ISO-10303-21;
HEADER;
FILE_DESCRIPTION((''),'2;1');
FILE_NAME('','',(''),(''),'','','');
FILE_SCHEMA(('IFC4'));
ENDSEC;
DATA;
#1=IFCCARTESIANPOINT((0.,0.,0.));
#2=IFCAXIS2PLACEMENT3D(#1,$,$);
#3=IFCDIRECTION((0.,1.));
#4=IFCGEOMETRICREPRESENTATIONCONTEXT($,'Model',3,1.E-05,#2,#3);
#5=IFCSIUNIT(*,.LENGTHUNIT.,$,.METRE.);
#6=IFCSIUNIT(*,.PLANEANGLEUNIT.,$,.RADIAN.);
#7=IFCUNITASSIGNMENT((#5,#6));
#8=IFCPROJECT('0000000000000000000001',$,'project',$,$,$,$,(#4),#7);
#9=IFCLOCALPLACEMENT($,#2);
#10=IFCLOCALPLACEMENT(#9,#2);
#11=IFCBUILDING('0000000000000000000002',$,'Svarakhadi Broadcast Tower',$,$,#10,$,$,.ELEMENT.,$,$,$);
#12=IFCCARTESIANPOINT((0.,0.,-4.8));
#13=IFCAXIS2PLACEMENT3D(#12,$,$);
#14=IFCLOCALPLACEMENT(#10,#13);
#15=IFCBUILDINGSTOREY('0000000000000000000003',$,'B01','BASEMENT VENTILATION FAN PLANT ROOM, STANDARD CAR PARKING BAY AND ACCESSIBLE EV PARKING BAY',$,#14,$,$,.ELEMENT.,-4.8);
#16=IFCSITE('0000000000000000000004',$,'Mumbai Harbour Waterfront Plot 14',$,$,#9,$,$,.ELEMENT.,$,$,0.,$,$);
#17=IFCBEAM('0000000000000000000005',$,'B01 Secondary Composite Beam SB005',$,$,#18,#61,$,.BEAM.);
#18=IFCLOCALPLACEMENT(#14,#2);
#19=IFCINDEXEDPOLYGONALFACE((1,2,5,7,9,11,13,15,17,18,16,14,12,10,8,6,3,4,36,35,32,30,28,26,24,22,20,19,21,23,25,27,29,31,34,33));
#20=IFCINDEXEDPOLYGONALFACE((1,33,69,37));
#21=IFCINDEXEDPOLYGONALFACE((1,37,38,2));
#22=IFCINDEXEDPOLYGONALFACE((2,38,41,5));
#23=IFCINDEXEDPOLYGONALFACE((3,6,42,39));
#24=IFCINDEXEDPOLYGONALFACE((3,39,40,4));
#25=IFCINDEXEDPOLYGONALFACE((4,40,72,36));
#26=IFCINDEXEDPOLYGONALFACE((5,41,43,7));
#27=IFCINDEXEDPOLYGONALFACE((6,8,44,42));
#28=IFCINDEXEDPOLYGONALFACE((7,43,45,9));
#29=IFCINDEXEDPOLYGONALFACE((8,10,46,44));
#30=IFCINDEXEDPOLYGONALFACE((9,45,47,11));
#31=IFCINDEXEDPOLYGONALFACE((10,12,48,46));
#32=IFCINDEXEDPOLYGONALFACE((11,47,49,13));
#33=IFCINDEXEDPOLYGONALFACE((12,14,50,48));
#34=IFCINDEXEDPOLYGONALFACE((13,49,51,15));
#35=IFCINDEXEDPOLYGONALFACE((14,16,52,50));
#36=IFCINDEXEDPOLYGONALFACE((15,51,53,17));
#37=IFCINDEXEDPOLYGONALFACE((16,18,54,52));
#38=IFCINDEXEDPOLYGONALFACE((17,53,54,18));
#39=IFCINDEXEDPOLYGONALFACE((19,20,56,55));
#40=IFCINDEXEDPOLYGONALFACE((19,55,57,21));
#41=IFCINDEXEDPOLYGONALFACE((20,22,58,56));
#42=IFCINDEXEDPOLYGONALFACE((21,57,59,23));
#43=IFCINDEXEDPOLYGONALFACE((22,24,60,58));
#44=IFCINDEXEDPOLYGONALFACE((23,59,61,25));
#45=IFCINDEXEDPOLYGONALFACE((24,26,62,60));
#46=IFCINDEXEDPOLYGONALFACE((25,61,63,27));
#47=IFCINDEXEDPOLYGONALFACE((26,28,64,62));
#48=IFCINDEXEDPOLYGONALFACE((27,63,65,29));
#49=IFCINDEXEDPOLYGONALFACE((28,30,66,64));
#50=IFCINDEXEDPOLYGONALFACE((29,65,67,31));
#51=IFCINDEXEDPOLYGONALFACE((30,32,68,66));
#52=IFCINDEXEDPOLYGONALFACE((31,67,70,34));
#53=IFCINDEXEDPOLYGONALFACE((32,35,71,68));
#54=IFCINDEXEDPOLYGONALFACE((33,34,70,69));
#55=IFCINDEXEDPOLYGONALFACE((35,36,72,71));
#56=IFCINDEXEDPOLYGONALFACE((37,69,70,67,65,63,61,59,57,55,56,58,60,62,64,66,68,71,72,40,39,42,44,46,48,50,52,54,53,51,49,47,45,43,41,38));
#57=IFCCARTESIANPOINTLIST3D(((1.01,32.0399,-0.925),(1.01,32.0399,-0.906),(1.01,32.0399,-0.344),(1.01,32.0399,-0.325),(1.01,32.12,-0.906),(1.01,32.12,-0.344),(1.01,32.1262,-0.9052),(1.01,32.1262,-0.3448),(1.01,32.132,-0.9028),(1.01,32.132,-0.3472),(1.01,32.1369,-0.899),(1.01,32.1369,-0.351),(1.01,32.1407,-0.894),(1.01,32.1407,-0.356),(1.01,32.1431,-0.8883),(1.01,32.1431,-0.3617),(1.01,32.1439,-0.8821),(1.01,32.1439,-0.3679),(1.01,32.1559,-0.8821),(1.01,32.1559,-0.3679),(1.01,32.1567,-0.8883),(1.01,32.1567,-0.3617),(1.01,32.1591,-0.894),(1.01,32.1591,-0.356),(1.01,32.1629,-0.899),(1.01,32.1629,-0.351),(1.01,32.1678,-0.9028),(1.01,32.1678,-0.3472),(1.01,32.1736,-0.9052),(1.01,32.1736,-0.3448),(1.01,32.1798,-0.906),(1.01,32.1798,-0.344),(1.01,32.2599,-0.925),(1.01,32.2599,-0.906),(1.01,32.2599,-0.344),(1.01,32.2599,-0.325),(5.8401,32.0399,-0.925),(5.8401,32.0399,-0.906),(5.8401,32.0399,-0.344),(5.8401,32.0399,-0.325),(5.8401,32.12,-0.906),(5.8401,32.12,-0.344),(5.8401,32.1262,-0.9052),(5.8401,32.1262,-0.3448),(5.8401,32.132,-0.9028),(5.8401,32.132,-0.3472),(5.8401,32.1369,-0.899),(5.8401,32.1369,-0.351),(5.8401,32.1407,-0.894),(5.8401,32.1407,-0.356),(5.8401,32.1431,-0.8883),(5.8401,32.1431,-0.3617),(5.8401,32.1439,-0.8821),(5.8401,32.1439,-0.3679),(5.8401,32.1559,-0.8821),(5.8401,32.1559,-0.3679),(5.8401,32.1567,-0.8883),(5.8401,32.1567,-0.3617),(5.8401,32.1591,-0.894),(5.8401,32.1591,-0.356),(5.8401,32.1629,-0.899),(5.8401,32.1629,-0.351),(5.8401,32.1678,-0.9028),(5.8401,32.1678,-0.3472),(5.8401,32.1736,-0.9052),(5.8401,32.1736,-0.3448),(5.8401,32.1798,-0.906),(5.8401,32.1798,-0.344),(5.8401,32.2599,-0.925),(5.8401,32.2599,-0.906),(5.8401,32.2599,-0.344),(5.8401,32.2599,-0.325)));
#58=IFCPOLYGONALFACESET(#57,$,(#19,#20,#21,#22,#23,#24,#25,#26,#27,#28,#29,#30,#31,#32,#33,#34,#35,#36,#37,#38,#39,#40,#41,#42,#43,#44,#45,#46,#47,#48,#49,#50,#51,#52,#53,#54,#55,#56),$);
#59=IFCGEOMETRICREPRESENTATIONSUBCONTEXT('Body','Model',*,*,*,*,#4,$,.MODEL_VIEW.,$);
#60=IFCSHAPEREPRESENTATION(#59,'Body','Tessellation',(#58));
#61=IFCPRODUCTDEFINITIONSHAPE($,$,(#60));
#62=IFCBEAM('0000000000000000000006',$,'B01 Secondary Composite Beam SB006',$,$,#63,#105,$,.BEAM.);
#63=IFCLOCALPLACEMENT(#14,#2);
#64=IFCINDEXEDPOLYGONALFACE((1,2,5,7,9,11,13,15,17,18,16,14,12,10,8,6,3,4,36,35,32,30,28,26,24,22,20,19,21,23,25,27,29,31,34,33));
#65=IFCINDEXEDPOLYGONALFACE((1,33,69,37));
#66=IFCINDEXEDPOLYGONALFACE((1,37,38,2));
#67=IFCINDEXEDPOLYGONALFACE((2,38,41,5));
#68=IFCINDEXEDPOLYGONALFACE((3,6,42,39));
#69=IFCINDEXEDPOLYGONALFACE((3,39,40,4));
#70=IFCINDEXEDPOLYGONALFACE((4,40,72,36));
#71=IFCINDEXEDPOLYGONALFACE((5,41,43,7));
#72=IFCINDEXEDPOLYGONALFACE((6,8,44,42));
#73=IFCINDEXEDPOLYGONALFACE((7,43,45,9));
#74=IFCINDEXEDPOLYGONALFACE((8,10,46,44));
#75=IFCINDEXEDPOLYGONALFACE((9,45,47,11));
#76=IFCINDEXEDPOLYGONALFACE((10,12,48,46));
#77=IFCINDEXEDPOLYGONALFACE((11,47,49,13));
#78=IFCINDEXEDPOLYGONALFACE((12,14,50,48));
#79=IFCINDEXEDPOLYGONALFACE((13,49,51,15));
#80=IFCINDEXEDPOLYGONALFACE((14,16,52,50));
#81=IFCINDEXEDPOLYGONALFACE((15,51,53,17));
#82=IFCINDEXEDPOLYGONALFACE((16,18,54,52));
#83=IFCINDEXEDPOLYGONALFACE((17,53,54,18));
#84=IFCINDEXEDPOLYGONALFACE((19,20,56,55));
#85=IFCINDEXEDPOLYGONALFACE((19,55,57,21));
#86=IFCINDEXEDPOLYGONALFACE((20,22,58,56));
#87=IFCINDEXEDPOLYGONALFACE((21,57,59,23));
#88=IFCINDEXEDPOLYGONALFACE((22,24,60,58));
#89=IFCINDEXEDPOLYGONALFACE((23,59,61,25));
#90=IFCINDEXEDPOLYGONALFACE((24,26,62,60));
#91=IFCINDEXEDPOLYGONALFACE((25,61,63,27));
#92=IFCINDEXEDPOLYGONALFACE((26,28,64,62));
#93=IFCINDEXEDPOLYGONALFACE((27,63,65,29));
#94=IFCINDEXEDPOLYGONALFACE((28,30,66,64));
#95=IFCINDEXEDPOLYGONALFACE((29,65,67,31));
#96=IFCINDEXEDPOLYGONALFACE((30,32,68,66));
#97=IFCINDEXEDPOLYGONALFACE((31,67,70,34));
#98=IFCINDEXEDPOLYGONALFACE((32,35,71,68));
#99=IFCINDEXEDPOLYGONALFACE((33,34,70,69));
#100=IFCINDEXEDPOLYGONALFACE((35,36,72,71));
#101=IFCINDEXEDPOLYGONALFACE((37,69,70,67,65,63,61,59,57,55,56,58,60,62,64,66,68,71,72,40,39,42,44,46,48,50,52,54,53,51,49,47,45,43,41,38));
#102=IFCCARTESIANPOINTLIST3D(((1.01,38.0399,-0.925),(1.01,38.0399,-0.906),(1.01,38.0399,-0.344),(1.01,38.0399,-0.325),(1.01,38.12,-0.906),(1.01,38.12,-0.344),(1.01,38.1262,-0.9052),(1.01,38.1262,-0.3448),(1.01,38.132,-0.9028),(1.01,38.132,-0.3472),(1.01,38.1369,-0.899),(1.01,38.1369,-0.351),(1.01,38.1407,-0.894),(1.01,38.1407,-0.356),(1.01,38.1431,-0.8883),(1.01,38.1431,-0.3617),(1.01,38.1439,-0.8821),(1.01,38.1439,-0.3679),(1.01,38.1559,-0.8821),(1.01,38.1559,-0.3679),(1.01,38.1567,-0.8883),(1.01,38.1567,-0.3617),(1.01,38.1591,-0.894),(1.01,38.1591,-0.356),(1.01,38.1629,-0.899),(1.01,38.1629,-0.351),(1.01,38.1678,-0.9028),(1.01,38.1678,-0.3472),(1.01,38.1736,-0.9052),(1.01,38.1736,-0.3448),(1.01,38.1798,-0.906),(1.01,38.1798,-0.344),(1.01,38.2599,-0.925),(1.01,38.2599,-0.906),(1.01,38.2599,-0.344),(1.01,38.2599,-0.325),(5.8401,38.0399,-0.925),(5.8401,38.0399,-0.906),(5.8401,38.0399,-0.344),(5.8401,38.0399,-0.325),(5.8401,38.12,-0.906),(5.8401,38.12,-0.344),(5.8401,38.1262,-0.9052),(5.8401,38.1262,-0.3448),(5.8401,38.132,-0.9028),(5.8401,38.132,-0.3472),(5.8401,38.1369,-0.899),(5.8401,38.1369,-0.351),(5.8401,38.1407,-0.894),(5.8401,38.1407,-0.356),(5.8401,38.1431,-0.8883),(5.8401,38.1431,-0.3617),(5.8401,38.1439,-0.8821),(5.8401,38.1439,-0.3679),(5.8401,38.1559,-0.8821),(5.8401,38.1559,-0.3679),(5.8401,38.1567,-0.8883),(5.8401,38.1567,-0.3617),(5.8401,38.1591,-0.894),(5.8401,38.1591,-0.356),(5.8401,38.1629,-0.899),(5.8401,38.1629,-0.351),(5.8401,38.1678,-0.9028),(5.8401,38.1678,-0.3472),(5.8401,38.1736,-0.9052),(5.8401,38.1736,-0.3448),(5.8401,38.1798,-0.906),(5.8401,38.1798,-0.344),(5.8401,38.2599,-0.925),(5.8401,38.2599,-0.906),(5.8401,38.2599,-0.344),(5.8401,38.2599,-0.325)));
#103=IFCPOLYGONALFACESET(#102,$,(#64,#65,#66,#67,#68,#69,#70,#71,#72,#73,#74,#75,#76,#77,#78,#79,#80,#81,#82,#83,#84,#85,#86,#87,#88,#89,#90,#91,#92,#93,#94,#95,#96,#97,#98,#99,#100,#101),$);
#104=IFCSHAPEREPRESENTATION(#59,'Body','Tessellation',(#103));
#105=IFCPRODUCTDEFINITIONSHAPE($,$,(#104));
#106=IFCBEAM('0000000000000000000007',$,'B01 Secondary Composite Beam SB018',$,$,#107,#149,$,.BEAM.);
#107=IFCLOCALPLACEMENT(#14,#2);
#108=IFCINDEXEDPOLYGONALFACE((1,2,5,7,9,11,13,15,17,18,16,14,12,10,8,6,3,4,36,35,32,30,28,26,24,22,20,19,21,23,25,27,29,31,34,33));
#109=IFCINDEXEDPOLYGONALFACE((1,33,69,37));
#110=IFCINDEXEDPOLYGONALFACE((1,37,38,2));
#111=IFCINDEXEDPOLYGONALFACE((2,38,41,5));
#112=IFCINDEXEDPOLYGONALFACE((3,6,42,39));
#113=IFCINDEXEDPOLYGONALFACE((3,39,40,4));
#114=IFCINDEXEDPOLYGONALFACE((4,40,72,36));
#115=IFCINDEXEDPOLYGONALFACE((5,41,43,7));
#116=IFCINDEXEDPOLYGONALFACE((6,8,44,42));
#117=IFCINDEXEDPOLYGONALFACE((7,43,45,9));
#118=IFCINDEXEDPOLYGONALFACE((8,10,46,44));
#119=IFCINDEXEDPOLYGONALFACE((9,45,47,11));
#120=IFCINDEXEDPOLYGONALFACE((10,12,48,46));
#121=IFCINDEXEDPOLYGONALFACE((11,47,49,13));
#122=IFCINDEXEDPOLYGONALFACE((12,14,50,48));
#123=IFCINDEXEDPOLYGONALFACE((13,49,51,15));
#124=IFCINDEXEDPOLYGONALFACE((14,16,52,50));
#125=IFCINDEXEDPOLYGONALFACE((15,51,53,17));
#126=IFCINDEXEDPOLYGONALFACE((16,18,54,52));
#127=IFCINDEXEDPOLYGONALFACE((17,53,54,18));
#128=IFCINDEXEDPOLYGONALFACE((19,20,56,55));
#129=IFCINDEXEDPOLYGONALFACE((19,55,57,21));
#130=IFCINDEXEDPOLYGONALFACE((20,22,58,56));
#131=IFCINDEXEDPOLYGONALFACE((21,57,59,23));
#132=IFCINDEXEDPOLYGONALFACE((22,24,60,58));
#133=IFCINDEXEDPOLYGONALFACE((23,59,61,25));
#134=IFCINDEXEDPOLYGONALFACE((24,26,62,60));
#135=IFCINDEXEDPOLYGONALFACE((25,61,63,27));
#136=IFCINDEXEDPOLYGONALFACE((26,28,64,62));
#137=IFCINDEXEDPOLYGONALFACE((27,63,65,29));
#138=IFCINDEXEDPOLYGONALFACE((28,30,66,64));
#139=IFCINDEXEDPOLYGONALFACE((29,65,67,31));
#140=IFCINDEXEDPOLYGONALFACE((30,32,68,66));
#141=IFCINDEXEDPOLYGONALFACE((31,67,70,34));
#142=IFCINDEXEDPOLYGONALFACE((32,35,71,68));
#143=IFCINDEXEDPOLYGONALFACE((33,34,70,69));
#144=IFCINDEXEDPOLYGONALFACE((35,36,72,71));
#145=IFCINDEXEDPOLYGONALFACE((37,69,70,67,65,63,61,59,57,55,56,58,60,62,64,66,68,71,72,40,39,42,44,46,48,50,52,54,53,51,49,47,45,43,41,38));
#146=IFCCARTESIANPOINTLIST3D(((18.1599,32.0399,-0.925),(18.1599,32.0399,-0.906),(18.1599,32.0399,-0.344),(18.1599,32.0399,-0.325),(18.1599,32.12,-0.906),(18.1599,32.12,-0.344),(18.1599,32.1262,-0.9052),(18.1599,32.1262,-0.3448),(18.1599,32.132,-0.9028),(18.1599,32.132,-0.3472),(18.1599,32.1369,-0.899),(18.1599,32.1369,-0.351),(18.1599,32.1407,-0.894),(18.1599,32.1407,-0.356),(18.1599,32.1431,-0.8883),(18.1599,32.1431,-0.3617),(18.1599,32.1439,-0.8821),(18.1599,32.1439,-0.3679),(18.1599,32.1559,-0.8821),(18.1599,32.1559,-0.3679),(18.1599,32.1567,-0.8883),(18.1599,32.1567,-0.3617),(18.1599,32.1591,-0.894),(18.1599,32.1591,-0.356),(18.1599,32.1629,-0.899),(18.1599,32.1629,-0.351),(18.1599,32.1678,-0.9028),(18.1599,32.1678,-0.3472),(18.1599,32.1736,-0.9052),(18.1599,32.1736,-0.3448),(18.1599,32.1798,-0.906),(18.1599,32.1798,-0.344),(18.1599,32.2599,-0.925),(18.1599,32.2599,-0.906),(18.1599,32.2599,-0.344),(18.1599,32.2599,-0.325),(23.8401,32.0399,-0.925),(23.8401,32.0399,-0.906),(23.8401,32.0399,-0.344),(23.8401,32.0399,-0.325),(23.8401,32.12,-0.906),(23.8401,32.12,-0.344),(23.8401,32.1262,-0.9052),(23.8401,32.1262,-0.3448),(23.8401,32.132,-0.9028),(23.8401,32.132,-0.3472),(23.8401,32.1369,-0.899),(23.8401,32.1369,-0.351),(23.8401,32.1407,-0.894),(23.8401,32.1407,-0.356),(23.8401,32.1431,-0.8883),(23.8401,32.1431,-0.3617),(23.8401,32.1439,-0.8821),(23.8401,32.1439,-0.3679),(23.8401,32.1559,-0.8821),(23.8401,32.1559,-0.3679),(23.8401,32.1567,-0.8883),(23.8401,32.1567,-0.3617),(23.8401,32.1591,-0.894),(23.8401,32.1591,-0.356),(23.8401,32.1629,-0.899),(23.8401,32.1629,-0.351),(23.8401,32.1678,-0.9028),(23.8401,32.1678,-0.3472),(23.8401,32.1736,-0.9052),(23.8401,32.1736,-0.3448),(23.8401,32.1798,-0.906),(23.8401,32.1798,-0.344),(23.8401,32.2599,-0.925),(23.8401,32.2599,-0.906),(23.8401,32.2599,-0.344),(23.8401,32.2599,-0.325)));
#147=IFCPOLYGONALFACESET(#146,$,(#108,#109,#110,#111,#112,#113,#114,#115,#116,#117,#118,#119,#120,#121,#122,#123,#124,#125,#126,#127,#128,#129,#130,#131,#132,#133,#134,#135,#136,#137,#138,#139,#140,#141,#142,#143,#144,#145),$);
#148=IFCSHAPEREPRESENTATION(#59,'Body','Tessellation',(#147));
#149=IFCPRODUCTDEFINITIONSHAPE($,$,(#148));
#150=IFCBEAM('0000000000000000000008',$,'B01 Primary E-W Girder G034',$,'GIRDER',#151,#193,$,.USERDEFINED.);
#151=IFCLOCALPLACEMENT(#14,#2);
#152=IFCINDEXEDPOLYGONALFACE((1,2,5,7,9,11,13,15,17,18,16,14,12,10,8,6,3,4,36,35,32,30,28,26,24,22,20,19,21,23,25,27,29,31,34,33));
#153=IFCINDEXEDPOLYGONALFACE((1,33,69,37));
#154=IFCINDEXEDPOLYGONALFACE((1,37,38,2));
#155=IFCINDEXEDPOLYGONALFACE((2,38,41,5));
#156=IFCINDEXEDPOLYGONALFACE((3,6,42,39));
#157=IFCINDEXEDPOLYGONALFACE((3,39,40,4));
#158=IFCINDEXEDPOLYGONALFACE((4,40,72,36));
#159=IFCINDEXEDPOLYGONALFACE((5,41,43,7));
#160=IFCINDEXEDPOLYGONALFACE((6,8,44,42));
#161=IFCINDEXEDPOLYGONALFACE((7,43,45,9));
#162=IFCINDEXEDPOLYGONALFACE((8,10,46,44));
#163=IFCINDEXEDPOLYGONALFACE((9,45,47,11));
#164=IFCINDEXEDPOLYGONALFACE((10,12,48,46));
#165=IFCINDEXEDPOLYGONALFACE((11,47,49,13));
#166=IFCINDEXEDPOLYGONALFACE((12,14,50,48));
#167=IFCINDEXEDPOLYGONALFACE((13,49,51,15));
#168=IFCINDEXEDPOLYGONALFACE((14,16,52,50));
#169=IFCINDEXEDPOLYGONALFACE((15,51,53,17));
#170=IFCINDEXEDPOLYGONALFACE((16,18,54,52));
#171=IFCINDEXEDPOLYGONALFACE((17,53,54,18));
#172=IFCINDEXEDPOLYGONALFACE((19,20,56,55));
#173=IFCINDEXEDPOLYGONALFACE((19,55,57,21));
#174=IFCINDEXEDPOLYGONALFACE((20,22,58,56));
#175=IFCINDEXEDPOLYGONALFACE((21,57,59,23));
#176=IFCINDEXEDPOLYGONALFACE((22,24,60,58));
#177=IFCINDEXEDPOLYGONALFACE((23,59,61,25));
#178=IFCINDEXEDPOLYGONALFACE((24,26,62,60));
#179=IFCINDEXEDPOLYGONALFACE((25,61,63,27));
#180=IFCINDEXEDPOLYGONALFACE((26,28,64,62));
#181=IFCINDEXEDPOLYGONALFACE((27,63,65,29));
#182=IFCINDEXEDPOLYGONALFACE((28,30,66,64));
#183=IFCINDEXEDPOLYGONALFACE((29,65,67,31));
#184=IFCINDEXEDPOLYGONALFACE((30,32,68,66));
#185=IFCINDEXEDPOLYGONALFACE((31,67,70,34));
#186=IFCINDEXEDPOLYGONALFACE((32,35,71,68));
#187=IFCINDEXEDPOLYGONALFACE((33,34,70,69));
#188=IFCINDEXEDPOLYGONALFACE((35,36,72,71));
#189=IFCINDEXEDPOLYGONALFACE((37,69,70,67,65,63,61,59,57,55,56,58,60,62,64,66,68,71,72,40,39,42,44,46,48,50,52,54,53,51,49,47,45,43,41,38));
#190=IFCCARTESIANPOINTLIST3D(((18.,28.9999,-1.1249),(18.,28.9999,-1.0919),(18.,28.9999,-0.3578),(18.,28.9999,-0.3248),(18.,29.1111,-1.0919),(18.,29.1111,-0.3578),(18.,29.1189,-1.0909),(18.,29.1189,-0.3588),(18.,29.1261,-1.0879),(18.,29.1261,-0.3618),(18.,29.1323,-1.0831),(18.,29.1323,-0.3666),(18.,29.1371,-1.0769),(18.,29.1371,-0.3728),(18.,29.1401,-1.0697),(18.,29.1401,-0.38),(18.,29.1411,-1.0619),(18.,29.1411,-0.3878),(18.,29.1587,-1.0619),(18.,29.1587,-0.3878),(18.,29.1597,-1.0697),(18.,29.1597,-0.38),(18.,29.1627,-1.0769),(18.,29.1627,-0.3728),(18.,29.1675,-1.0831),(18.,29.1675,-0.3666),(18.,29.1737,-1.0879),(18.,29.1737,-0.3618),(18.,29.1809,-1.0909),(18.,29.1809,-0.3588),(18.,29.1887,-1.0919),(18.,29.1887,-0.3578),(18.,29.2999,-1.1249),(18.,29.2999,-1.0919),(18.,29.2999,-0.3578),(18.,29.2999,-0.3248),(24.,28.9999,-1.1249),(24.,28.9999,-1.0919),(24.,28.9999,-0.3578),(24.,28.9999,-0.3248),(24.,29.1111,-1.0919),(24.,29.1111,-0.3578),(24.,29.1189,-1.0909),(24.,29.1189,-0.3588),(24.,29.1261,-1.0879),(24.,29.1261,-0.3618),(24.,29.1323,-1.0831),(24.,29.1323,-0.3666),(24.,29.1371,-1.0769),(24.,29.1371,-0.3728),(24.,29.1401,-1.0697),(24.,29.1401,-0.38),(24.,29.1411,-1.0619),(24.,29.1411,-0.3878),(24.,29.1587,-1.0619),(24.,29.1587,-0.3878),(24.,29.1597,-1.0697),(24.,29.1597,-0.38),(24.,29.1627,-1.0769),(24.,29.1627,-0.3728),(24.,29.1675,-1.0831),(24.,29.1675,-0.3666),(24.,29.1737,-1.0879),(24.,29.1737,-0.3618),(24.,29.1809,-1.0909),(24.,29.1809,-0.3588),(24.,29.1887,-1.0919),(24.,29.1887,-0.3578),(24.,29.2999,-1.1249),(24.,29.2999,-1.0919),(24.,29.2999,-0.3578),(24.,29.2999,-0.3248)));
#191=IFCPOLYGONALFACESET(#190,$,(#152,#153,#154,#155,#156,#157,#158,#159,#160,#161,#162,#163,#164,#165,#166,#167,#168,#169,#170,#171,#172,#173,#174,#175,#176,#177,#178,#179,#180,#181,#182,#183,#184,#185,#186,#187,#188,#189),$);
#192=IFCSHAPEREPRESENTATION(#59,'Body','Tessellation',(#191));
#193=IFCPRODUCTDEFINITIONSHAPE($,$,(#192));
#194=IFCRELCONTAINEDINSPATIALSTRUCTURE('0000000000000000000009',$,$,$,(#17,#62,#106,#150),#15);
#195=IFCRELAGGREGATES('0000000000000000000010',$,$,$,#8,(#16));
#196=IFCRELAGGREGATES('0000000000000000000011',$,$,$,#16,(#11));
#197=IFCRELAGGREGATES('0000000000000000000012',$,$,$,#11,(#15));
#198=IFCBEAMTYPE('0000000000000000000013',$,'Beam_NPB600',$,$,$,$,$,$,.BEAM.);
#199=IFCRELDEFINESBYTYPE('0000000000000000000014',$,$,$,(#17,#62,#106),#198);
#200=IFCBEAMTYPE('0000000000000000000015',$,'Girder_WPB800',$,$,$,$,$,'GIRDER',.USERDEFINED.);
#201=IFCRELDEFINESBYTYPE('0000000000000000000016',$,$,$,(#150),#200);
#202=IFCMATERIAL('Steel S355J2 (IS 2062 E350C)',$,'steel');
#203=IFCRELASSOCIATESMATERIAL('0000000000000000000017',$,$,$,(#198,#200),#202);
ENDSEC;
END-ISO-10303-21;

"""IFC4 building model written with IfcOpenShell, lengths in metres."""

from ifc_helpers import new_model, si_unit, direction, frame, origin, origin_2d, place, context, subcontext, project, spatial, i_section, extrude, material, material_profile, profile_set, type_object, element, save


model = new_model("IFC4")

# Units and contexts
model_context = context("Model", 3, precision=1e-05, world=origin(), true_north=direction((0.0, 1.0)))
body_context = subcontext(model_context, "Body", "Model", "MODEL_VIEW")
ifc_project = project(units=[si_unit("LENGTHUNIT", "METRE"), si_unit("PLANEANGLEUNIT", "RADIAN")], contexts=[model_context])

# Site, building, storey
site_placement = place(None, origin())
site = spatial("IfcSite", under=ifc_project, at=site_placement, Name="Mumbai Harbour Waterfront Plot 14", CompositionType="ELEMENT", RefElevation=0.0)
building_placement = place(site_placement, origin())
building = spatial("IfcBuilding", under=site, at=building_placement, Name="Svarakhadi Broadcast Tower", CompositionType="ELEMENT")
storey_placement = place(building_placement, frame((0.0, 0.0, -4.8)))
storey = spatial("IfcBuildingStorey", under=building, at=storey_placement, Name="B01", Description="BASEMENT VENTILATION FAN PLANT ROOM, STANDARD CAR PARKING BAY AND ACCESSIBLE EV PARKING BAY", CompositionType="ELEMENT", Elevation=-4.8)

# Beams
ifc_material_1 = material(Name="Steel S355J2 (IS 2062 E350C)", Category="steel")
ifc_material_profile_1 = material_profile(ifc_material_1, i_section(OverallWidth=0.22, OverallDepth=0.6001, WebThickness=0.012, FlangeThickness=0.019, FilletRadius=0.0239, at=origin_2d()), Name="NPB 600x220x122")
ifc_profile_set_1 = profile_set([ifc_material_profile_1], Name="Steel S355J2 (IS 2062 E350C)")
beam_type_1 = type_object("IfcBeamType", Name="Beam_NPB600", PredefinedType="BEAM", material=ifc_profile_set_1)
for number, where, z_axis, x_axis, name in (
    (1, (1.01, 32.1499, -0.625), (1.0, 0.0, 0.0), (0.0, 1.0, 0.0), "B01 Secondary Composite Beam SB005"),
    (2, (1.01, 38.1499, -0.625), (1.0, 0.0, 0.0), (0.0, 1.0, 0.0), "B01 Secondary Composite Beam SB006"),
):
    element("IfcBeam", number, at=place(storey_placement, frame(where, z_axis=z_axis, x_axis=x_axis)), inside=storey, type_object=beam_type_1, Name=name, PredefinedType="BEAM", context=body_context, shape_type="SweptSolid", body=[
        extrude(i_section(OverallWidth=0.22, OverallDepth=0.6001, WebThickness=0.012, FlangeThickness=0.019, FilletRadius=0.0239, at=origin_2d()), origin(), (0.0, 0.0, 1.0), 4.8301),
    ])
beam_1_placement = place(storey_placement, frame((18.1599, 32.1499, -0.625), z_axis=(1.0, 0.0, 0.0), x_axis=(0.0, 1.0, 0.0)))
element("IfcBeam", 3, at=beam_1_placement, inside=storey, type_object=beam_type_1, Name="B01 Secondary Composite Beam SB018", PredefinedType="BEAM", context=body_context, shape_type="SweptSolid", body=[
    extrude(i_section(OverallWidth=0.22, OverallDepth=0.6001, WebThickness=0.012, FlangeThickness=0.019, FilletRadius=0.0239, at=origin_2d()), origin(), (0.0, 0.0, 1.0), 5.6802),
])
ifc_material_profile_2 = material_profile(ifc_material_1, i_section(OverallWidth=0.3, OverallDepth=0.8, WebThickness=0.0176, FlangeThickness=0.033, FilletRadius=0.03, at=origin_2d()), Name="WPB 800x300x262")
ifc_profile_set_2 = profile_set([ifc_material_profile_2], Name="Steel S355J2 (IS 2062 E350C)")
beam_type_2 = type_object("IfcBeamType", Name="Girder_WPB800", ElementType="GIRDER", PredefinedType="USERDEFINED", material=ifc_profile_set_2)
beam_2_placement = place(storey_placement, frame((18.0, 29.1499, -0.7249), z_axis=(1.0, 0.0, 0.0), x_axis=(0.0, 1.0, 0.0)))
element("IfcBeam", 4, at=beam_2_placement, inside=storey, type_object=beam_type_2, Name="B01 Primary E-W Girder G034", ObjectType="GIRDER", PredefinedType="USERDEFINED", context=body_context, shape_type="SweptSolid", body=[
    extrude(i_section(OverallWidth=0.3, OverallDepth=0.8, WebThickness=0.0176, FlangeThickness=0.033, FilletRadius=0.03, at=origin_2d()), origin(), (0.0, 0.0, 1.0), 6.0),
])

save(model, "model.ifc")
